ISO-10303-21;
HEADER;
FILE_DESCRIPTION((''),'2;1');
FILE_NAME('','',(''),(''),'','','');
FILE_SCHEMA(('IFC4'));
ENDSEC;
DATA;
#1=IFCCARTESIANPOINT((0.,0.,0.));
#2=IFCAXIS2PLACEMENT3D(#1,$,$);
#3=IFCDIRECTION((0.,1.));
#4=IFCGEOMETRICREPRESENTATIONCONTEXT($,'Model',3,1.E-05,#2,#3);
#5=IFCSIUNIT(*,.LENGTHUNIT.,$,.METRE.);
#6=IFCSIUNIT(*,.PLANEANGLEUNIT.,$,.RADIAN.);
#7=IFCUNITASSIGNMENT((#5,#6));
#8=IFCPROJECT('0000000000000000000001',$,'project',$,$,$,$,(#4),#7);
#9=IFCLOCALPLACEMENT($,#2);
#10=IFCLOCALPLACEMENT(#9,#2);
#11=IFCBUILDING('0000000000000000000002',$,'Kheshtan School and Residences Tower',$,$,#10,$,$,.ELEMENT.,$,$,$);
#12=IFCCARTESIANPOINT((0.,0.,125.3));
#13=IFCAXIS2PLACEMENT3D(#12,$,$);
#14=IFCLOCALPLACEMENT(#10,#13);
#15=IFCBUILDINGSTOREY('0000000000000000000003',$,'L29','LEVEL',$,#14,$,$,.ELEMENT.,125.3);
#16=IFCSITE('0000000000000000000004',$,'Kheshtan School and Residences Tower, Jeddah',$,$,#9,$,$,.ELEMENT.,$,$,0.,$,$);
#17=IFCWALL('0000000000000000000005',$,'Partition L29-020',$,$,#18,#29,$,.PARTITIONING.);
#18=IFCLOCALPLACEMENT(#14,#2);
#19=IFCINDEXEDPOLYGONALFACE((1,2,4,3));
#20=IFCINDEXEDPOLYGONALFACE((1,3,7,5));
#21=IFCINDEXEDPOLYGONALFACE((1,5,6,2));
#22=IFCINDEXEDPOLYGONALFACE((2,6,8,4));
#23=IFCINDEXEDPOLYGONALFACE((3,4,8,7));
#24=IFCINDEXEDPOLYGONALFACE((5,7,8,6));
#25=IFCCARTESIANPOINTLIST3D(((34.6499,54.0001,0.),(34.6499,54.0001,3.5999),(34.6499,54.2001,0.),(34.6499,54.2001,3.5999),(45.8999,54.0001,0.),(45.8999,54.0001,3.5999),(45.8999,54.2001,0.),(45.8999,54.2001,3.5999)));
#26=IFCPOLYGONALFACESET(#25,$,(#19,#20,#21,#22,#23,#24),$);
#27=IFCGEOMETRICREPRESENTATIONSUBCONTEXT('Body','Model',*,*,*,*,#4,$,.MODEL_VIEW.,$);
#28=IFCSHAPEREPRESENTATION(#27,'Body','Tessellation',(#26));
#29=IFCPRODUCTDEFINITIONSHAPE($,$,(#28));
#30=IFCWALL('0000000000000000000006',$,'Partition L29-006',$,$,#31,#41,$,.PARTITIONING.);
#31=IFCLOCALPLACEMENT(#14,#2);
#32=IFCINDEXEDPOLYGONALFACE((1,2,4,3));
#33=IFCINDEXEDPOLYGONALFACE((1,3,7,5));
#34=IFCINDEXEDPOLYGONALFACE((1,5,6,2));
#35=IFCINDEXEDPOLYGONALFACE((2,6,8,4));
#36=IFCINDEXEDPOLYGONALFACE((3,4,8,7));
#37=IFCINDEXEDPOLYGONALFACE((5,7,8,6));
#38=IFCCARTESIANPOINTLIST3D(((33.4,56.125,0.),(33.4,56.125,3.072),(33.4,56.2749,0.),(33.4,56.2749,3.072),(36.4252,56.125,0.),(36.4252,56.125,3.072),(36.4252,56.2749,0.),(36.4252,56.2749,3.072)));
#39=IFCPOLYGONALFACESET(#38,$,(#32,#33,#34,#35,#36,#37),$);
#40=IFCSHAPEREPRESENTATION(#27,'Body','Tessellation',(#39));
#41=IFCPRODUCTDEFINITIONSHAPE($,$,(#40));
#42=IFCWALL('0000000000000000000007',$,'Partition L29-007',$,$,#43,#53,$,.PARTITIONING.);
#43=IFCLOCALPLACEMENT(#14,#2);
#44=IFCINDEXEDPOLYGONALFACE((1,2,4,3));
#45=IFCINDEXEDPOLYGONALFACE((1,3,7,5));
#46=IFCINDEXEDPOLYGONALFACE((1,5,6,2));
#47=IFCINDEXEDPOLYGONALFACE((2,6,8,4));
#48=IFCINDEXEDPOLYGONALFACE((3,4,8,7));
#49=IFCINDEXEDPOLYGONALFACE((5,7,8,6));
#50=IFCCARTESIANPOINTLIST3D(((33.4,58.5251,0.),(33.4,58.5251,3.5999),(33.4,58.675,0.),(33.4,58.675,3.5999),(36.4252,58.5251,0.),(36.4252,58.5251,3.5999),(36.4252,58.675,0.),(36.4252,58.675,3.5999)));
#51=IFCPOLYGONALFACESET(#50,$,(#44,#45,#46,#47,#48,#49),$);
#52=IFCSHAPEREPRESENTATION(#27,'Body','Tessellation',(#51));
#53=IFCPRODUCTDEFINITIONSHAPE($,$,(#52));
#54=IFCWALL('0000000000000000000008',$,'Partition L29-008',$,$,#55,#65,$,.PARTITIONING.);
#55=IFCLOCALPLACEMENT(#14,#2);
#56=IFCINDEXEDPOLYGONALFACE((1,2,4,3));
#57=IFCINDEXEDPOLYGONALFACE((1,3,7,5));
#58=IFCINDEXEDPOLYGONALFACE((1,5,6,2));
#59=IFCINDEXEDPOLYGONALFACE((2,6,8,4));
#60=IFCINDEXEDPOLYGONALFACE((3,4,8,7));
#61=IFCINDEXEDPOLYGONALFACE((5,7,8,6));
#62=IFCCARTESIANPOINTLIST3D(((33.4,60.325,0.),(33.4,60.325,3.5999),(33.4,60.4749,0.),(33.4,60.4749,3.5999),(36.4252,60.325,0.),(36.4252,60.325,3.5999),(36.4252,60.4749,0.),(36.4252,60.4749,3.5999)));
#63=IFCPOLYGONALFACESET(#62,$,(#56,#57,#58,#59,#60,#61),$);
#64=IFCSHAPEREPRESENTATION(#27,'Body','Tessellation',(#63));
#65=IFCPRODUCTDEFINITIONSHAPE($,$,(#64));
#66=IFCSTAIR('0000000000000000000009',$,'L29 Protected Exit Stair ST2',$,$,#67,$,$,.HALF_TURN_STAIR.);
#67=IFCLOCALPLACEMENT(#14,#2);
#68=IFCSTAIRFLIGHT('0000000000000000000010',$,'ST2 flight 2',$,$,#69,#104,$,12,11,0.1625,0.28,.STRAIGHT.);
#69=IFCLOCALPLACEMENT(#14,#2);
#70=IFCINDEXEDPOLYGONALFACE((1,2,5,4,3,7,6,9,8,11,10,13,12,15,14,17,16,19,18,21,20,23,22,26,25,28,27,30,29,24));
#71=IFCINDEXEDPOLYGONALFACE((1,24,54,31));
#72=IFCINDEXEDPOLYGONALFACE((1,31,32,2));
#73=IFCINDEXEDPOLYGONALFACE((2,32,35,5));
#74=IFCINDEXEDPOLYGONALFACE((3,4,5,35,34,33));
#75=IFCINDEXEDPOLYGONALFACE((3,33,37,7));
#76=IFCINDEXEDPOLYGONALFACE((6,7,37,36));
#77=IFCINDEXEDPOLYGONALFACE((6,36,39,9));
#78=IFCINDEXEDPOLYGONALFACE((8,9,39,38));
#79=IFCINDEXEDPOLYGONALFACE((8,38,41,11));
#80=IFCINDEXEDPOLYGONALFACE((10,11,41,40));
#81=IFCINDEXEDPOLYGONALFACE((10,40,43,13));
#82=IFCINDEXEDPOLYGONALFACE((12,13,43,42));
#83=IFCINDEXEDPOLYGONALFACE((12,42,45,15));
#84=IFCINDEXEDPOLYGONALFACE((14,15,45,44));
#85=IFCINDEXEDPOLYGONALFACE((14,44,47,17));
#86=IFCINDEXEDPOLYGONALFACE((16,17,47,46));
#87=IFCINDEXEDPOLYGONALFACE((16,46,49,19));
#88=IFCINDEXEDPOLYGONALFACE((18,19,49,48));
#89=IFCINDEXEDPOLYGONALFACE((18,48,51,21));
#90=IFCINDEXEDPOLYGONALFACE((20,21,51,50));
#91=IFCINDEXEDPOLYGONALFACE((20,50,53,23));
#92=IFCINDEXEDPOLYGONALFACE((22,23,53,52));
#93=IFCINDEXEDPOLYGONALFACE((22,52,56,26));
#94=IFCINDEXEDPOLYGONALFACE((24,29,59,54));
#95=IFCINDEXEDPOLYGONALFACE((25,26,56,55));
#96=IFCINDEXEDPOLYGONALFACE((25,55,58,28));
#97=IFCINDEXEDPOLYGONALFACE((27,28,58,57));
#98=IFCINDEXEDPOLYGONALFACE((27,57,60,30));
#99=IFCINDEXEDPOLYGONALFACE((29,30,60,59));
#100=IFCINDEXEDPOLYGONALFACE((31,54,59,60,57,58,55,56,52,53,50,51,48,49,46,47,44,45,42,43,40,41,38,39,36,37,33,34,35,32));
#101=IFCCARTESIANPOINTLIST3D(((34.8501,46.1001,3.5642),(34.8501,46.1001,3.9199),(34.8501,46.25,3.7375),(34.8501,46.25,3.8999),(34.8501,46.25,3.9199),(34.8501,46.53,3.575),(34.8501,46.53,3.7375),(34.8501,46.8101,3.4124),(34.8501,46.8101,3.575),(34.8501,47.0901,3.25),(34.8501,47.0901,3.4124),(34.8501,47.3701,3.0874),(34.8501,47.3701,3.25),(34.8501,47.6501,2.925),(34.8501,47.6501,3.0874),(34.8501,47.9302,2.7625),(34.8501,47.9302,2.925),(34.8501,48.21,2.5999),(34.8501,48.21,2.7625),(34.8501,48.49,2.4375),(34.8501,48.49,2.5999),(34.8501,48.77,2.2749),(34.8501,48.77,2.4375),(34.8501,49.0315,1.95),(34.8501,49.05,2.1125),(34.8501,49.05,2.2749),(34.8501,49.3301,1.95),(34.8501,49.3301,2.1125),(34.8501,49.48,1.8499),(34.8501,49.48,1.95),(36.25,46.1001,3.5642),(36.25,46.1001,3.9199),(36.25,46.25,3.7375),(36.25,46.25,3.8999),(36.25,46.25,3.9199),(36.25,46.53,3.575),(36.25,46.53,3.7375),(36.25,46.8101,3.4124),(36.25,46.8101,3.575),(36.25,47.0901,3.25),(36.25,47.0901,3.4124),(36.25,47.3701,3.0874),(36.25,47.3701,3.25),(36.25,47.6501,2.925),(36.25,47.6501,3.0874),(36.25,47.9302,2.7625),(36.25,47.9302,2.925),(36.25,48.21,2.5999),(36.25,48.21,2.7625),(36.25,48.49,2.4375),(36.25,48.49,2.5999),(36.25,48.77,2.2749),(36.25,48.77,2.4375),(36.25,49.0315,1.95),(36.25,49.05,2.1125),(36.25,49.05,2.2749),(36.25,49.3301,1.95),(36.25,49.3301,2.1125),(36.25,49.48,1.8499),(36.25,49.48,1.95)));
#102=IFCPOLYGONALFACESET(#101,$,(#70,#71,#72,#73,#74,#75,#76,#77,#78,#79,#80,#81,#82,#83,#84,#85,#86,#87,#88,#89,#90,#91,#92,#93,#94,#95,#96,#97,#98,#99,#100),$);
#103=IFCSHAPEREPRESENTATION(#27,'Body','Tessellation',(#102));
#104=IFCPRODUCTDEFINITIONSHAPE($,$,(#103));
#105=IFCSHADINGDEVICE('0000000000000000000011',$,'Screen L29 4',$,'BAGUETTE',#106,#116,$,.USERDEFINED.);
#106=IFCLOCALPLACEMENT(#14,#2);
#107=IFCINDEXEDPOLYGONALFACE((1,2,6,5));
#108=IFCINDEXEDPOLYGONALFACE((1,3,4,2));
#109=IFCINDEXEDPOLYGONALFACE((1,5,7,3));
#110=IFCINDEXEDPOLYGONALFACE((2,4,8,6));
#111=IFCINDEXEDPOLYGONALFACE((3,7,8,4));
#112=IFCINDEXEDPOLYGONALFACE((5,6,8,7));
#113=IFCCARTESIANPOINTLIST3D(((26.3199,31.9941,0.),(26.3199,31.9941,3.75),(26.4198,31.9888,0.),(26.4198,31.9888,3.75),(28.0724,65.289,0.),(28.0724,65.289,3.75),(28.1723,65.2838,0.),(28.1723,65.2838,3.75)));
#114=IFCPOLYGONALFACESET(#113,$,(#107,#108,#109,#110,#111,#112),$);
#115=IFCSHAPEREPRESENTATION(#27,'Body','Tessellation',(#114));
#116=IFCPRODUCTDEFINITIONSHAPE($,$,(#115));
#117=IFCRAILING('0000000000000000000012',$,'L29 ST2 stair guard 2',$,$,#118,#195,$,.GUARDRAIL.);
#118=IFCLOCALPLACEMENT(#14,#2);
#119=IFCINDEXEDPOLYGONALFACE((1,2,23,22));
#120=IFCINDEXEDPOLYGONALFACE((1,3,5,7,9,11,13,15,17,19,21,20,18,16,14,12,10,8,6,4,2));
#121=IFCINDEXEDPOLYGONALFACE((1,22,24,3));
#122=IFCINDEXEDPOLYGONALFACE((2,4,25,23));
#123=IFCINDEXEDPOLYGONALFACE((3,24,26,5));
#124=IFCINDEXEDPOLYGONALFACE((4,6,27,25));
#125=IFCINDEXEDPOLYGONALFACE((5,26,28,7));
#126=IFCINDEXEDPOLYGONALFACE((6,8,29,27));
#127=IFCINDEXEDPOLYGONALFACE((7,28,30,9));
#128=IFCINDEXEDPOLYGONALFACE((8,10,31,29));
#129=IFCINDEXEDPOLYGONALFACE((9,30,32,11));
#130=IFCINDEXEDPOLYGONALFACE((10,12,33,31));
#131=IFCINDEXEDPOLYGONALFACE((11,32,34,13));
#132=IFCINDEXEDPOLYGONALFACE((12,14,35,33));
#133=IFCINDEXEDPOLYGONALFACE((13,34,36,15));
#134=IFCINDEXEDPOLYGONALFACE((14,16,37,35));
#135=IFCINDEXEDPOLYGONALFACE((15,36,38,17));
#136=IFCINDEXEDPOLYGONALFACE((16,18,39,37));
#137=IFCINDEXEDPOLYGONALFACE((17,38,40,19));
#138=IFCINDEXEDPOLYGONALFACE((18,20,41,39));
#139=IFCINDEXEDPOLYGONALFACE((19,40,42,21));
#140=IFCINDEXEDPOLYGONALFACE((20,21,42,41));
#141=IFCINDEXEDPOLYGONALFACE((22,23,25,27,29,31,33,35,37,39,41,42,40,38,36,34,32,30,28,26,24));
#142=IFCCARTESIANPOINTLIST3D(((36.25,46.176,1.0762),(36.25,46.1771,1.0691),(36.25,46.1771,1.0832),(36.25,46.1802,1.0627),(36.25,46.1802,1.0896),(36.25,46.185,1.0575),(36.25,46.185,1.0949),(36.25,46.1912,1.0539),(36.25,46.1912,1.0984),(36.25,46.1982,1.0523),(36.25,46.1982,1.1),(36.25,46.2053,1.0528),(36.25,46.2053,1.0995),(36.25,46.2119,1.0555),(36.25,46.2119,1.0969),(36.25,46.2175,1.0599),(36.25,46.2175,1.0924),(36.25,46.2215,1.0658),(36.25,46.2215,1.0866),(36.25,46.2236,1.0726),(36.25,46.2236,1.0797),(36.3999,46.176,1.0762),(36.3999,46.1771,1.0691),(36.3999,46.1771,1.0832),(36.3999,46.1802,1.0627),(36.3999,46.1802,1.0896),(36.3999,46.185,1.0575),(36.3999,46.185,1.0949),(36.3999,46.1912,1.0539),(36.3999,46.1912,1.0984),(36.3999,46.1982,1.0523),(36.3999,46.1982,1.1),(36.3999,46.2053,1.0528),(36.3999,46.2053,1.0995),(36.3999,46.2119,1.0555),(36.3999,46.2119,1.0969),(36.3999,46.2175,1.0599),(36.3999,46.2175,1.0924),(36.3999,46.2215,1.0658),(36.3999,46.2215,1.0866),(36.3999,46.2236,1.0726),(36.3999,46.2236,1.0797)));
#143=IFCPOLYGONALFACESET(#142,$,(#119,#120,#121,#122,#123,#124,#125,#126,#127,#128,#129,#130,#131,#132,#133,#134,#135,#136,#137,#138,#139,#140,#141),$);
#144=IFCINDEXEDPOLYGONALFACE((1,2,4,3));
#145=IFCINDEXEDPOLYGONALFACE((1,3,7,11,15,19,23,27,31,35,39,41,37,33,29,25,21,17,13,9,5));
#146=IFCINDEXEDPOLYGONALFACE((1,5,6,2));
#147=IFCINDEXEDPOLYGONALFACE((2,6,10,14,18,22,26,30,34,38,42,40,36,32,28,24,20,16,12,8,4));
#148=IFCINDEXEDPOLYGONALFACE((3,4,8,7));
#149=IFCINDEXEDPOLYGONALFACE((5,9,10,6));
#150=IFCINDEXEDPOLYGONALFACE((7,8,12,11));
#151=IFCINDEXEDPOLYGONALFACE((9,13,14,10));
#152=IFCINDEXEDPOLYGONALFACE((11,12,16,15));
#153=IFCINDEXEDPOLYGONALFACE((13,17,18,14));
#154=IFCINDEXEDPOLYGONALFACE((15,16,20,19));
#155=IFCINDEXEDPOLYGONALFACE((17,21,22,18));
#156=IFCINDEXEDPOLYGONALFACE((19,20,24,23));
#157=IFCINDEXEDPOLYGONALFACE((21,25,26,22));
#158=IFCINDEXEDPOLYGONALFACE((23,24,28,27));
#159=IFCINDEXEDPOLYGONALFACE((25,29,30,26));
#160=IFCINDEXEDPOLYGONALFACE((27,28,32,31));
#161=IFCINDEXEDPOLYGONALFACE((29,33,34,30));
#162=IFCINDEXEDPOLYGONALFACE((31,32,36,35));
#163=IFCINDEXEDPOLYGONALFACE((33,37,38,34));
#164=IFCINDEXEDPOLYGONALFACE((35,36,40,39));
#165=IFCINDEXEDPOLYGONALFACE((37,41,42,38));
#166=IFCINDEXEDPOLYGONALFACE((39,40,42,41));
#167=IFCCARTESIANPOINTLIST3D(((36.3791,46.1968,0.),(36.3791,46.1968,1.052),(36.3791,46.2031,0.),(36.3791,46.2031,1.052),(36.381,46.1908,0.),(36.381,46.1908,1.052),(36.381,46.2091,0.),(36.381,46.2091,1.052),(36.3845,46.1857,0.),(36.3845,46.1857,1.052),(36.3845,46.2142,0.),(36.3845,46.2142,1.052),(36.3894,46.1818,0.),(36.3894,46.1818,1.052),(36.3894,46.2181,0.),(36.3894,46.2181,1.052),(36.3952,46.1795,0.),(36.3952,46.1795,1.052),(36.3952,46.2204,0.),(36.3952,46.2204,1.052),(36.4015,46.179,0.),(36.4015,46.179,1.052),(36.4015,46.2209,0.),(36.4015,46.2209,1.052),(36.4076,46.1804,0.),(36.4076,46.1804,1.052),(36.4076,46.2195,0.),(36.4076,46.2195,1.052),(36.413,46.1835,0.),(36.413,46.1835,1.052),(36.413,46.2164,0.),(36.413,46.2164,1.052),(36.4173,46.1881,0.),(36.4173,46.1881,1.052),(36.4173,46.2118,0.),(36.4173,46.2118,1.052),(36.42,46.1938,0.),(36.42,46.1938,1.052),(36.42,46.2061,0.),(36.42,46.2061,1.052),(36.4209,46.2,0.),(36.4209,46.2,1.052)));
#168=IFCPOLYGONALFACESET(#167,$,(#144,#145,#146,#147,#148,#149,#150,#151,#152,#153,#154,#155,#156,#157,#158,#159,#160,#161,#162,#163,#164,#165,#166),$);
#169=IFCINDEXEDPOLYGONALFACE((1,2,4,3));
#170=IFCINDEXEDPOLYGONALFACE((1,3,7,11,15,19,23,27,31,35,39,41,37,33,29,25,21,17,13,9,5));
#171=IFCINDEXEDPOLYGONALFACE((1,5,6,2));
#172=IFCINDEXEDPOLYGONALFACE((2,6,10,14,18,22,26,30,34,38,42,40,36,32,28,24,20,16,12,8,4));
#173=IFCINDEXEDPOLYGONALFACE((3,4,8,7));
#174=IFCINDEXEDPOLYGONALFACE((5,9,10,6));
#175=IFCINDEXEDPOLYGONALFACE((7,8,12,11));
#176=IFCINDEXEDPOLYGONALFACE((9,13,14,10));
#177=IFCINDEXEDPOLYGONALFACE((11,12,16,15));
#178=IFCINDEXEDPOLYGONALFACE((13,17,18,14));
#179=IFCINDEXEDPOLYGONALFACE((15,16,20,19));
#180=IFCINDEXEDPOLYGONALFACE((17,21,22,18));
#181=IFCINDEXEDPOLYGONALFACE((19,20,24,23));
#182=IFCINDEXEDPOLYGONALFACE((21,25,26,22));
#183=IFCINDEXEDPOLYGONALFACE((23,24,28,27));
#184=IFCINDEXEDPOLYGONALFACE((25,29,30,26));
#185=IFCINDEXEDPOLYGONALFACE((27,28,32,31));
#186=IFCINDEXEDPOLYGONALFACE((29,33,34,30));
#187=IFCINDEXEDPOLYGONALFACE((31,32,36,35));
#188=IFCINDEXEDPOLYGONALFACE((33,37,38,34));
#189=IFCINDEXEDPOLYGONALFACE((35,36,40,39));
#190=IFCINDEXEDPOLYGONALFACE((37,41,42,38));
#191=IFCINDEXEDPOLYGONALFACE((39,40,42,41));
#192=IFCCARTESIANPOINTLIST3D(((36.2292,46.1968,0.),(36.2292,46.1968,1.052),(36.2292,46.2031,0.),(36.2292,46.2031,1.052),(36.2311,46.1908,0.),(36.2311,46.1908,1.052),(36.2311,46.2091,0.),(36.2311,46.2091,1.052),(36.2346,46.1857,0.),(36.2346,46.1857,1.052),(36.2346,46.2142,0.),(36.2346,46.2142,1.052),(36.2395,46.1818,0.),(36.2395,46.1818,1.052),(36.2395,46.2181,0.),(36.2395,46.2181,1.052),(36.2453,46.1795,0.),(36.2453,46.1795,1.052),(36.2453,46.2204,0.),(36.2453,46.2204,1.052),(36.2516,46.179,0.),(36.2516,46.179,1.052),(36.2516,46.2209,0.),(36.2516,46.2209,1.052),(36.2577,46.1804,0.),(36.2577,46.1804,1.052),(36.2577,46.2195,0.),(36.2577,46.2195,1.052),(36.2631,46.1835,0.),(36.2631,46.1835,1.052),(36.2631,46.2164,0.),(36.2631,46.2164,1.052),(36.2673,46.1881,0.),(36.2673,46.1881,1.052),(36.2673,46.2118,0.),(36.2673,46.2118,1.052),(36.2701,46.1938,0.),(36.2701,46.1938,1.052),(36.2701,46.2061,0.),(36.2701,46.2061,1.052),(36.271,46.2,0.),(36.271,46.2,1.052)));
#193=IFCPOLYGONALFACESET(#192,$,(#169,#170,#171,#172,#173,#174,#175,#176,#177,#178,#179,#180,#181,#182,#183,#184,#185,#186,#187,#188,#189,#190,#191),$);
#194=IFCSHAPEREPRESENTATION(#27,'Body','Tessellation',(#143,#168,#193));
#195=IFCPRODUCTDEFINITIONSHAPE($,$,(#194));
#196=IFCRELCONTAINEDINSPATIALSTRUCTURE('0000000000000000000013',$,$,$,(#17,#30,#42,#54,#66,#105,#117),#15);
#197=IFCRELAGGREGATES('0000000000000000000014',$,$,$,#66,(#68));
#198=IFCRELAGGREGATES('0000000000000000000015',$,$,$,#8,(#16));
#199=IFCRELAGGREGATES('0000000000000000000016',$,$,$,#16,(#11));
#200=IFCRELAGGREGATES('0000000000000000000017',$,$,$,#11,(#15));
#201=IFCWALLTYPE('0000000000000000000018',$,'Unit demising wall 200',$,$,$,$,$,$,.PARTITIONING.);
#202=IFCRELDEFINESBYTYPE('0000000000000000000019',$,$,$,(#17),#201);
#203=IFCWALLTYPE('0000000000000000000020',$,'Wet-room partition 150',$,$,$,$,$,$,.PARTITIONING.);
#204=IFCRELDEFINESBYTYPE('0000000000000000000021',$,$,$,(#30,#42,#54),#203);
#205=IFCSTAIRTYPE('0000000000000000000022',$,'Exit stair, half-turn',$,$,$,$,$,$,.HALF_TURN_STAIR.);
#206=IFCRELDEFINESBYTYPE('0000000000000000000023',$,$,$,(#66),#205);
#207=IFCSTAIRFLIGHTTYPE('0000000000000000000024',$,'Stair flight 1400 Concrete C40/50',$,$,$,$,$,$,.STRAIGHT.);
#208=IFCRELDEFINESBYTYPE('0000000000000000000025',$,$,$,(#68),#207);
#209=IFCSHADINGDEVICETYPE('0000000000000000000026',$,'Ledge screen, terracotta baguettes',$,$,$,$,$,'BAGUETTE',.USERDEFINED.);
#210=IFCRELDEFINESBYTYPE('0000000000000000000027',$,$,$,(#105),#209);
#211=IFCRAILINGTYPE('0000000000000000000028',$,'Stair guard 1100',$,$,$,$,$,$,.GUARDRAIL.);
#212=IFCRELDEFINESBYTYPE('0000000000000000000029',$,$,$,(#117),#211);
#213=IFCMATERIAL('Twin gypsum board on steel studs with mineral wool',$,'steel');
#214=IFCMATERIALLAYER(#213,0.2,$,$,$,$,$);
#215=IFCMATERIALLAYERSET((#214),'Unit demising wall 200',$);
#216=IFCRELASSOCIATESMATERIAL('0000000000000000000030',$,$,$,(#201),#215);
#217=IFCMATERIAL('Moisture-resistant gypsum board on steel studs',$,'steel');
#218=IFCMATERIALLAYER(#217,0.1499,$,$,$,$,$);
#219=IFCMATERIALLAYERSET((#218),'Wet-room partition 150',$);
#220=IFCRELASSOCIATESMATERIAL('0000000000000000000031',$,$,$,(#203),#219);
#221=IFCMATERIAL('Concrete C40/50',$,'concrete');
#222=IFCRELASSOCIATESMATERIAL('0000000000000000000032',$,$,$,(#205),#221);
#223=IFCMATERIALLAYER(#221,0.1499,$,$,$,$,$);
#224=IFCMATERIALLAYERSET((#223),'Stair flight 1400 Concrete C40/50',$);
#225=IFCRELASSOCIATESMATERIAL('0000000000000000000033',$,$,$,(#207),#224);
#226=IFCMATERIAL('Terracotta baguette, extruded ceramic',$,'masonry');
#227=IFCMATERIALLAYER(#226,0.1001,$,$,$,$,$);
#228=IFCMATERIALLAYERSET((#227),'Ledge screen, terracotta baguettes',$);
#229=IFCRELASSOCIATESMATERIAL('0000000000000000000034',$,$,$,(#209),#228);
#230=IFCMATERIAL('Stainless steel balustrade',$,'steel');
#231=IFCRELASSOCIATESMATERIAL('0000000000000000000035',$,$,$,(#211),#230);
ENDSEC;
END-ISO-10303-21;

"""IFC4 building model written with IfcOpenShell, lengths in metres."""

from ifc_helpers import new_model, si_unit, direction, frame, frame_2d, origin, origin_2d, place, context, subcontext, project, spatial, polyline, rectangle, circle, outline, extrude, material, layer, layer_set, type_object, element, aggregate, save


model = new_model("IFC4")

# Units and contexts
model_context = context("Model", 3, precision=1e-05, world=origin(), true_north=direction((0.0, 1.0)))
body_context = subcontext(model_context, "Body", "Model", "MODEL_VIEW")
ifc_project = project(units=[si_unit("LENGTHUNIT", "METRE"), si_unit("PLANEANGLEUNIT", "RADIAN")], contexts=[model_context])

# Site, building, storey
site_placement = place(None, origin())
site = spatial("IfcSite", under=ifc_project, at=site_placement, Name="Kheshtan School and Residences Tower, Jeddah", CompositionType="ELEMENT", RefElevation=0.0)
building_placement = place(site_placement, origin())
building = spatial("IfcBuilding", under=site, at=building_placement, Name="Kheshtan School and Residences Tower", CompositionType="ELEMENT")
storey_placement = place(building_placement, frame((0.0, 0.0, 125.3)))
storey = spatial("IfcBuildingStorey", under=building, at=storey_placement, Name="L29", Description="LEVEL", CompositionType="ELEMENT", Elevation=125.3)

# Walls
ifc_material_1 = material(Name="Concrete C40/50", Category="concrete")
ifc_material_2 = material(Name="Twin gypsum board on steel studs with mineral wool", Category="steel")
ifc_layer_1 = layer(ifc_material_2, 0.2)
ifc_layer_set_1 = layer_set([ifc_layer_1], Name="Unit demising wall 200")
wall_type_1 = type_object("IfcWallType", Name="Unit demising wall 200", PredefinedType="PARTITIONING", material=ifc_layer_set_1)
wall_1_placement = place(storey_placement, frame((34.6499, 54.1001, 0.0), z_axis=(0.0, 0.0, 1.0), x_axis=(1.0, 0.0, 0.0)))
element("IfcWall", 1, at=wall_1_placement, inside=storey, type_object=wall_type_1, Name="Partition L29-020", PredefinedType="PARTITIONING", context=body_context, shape_type="SweptSolid", body=[
    extrude(rectangle(XDim=11.25, YDim=0.2, at=frame_2d((5.625, 0.0))), origin(), (0.0, 0.0, 1.0), 3.5999),
])
ifc_material_3 = material(Name="Moisture-resistant gypsum board on steel studs", Category="steel")
ifc_layer_2 = layer(ifc_material_3, 0.1499)
ifc_layer_set_2 = layer_set([ifc_layer_2], Name="Wet-room partition 150")
wall_type_2 = type_object("IfcWallType", Name="Wet-room partition 150", PredefinedType="PARTITIONING", material=ifc_layer_set_2)
wall_2_placement = place(storey_placement, frame((33.3999, 56.2, 0.0), z_axis=(0.0, 0.0, 1.0), x_axis=(1.0, 0.0, 0.0)))
element("IfcWall", 2, at=wall_2_placement, inside=storey, type_object=wall_type_2, Name="Partition L29-006", PredefinedType="PARTITIONING", context=body_context, shape_type="SweptSolid", body=[
    extrude(rectangle(XDim=3.0251, YDim=0.1499, at=frame_2d((1.5127, 0.0))), origin(), (0.0, 0.0, 1.0), 3.072),
])
for number, where, z_axis, x_axis, name in (
    (3, (33.3999, 58.6001, 0.0), (0.0, 0.0, 1.0), (1.0, 0.0, 0.0), "Partition L29-007"),
    (4, (33.3999, 60.3999, 0.0), (0.0, 0.0, 1.0), (1.0, 0.0, 0.0), "Partition L29-008"),
):
    element("IfcWall", number, at=place(storey_placement, frame(where, z_axis=z_axis, x_axis=x_axis)), inside=storey, type_object=wall_type_2, Name=name, PredefinedType="PARTITIONING", context=body_context, shape_type="SweptSolid", body=[
        extrude(rectangle(XDim=3.0251, YDim=0.1499, at=frame_2d((1.5127, 0.0))), origin(), (0.0, 0.0, 1.0), 3.5999),
    ])

# Stair, stair flight
stair_type = type_object("IfcStairType", Name="Exit stair, half-turn", PredefinedType="HALF_TURN_STAIR", material=ifc_material_1)
stair_placement = place(storey_placement, origin())
stair = element("IfcStair", 5, at=stair_placement, inside=storey, type_object=stair_type, Name="L29 Protected Exit Stair ST2", PredefinedType="HALF_TURN_STAIR")
ifc_layer_3 = layer(ifc_material_1, 0.1499)
ifc_layer_set_3 = layer_set([ifc_layer_3], Name="Stair flight 1400 Concrete C40/50")
stair_flight_type = type_object("IfcStairFlightType", Name="Stair flight 1400 Concrete C40/50", PredefinedType="STRAIGHT", material=ifc_layer_set_3)
stair_flight_placement = place(storey_placement, frame((35.55, 49.3301, 1.95), z_axis=(0.0, 0.0, 1.0), x_axis=(0.0, -1.0, 0.0)))
stair_flight = element("IfcStairFlight", 6, at=stair_flight_placement, type_object=stair_flight_type, Name="ST2 flight 2", NumberOfRisers=12, NumberOfTreads=11, PredefinedType="STRAIGHT", RiserHeight=0.1625, TreadLength=0.28, context=body_context, shape_type="SweptSolid", body=[
    extrude(outline(polyline([(-0.1499, -0.1001), (-0.1499, 0.0), (0.0, 0.0), (0.0, 0.1626), (0.28, 0.1626), (0.28, 0.325), (0.5601, 0.325), (0.5601, 0.4875), (0.8401, 0.4875), (0.8401, 0.6499), (1.1201, 0.6499), (1.1201, 0.8125), (1.3999, 0.8125), (1.3999, 0.9751), (1.6799, 0.9751), (1.6799, 1.1375), (1.96, 1.1375), (1.96, 1.3), (2.24, 1.3), (2.24, 1.4624), (2.52, 1.4624), (2.52, 1.625), (2.8, 1.625), (2.8, 1.7876), (3.0801, 1.7876), (3.0801, 1.95), (3.0801, 1.97), (3.23, 1.97), (3.23, 1.6143), (0.2986, 0.0), (-0.1499, -0.1001)])), frame((0.0, 0.7, 0.0), z_axis=(0.0, -1.0, 0.0), x_axis=(1.0, 0.0, 0.0)), (0.0, 0.0, 1.0), 1.3999),
])
aggregate(stair, [stair_flight])

# Shading device
ifc_material_4 = material(Name="Terracotta baguette, extruded ceramic", Category="masonry")
ifc_layer_4 = layer(ifc_material_4, 0.1001)
ifc_layer_set_4 = layer_set([ifc_layer_4], Name="Ledge screen, terracotta baguettes")
shading_device_type = type_object("IfcShadingDeviceType", Name="Ledge screen, terracotta baguettes", ElementType="BAGUETTE", PredefinedType="USERDEFINED", material=ifc_layer_set_4)
shading_device_placement = place(storey_placement, frame((27.2461, 48.6389, 0.0), z_axis=(0.0, 0.0, 1.0), x_axis=(0.052563, 0.998618, 0.0)))
element("IfcShadingDevice", 7, at=shading_device_placement, inside=storey, type_object=shading_device_type, Name="Screen L29 4", ObjectType="BAGUETTE", PredefinedType="USERDEFINED", context=body_context, shape_type="SweptSolid", body=[
    extrude(rectangle(XDim=33.3411, YDim=0.1001, at=origin_2d()), origin(), (0.0, 0.0, 1.0), 3.75),
])

# Railing
ifc_material_5 = material(Name="Stainless steel balustrade", Category="steel")
railing_type_1 = type_object("IfcRailingType", Name="Stair guard 1100", PredefinedType="GUARDRAIL", material=ifc_material_5)
railing_1_placement = place(storey_placement, frame((36.3999, 46.2, 0.0)))
element("IfcRailing", 8, at=railing_1_placement, inside=storey, type_object=railing_type_1, Name="L29 ST2 stair guard 2", PredefinedType="GUARDRAIL", context=body_context, shape_type="SweptSolid", body=[
    extrude(circle(Radius=0.0239, at=origin_2d()), frame((0.0, 0.0, 1.0762), z_axis=(-1.0, 0.0, 0.0), x_axis=(0.0, -1.0, 0.0)), (0.0, 0.0, 1.0), 0.1499),
    extrude(circle(Radius=0.021, at=origin_2d()), origin(), (0.0, 0.0, 1.0), 1.052),
    extrude(circle(Radius=0.021, at=origin_2d()), frame((-0.1499, 0.0, 0.0)), (0.0, 0.0, 1.0), 1.052),
])

save(model, "model.ifc")
